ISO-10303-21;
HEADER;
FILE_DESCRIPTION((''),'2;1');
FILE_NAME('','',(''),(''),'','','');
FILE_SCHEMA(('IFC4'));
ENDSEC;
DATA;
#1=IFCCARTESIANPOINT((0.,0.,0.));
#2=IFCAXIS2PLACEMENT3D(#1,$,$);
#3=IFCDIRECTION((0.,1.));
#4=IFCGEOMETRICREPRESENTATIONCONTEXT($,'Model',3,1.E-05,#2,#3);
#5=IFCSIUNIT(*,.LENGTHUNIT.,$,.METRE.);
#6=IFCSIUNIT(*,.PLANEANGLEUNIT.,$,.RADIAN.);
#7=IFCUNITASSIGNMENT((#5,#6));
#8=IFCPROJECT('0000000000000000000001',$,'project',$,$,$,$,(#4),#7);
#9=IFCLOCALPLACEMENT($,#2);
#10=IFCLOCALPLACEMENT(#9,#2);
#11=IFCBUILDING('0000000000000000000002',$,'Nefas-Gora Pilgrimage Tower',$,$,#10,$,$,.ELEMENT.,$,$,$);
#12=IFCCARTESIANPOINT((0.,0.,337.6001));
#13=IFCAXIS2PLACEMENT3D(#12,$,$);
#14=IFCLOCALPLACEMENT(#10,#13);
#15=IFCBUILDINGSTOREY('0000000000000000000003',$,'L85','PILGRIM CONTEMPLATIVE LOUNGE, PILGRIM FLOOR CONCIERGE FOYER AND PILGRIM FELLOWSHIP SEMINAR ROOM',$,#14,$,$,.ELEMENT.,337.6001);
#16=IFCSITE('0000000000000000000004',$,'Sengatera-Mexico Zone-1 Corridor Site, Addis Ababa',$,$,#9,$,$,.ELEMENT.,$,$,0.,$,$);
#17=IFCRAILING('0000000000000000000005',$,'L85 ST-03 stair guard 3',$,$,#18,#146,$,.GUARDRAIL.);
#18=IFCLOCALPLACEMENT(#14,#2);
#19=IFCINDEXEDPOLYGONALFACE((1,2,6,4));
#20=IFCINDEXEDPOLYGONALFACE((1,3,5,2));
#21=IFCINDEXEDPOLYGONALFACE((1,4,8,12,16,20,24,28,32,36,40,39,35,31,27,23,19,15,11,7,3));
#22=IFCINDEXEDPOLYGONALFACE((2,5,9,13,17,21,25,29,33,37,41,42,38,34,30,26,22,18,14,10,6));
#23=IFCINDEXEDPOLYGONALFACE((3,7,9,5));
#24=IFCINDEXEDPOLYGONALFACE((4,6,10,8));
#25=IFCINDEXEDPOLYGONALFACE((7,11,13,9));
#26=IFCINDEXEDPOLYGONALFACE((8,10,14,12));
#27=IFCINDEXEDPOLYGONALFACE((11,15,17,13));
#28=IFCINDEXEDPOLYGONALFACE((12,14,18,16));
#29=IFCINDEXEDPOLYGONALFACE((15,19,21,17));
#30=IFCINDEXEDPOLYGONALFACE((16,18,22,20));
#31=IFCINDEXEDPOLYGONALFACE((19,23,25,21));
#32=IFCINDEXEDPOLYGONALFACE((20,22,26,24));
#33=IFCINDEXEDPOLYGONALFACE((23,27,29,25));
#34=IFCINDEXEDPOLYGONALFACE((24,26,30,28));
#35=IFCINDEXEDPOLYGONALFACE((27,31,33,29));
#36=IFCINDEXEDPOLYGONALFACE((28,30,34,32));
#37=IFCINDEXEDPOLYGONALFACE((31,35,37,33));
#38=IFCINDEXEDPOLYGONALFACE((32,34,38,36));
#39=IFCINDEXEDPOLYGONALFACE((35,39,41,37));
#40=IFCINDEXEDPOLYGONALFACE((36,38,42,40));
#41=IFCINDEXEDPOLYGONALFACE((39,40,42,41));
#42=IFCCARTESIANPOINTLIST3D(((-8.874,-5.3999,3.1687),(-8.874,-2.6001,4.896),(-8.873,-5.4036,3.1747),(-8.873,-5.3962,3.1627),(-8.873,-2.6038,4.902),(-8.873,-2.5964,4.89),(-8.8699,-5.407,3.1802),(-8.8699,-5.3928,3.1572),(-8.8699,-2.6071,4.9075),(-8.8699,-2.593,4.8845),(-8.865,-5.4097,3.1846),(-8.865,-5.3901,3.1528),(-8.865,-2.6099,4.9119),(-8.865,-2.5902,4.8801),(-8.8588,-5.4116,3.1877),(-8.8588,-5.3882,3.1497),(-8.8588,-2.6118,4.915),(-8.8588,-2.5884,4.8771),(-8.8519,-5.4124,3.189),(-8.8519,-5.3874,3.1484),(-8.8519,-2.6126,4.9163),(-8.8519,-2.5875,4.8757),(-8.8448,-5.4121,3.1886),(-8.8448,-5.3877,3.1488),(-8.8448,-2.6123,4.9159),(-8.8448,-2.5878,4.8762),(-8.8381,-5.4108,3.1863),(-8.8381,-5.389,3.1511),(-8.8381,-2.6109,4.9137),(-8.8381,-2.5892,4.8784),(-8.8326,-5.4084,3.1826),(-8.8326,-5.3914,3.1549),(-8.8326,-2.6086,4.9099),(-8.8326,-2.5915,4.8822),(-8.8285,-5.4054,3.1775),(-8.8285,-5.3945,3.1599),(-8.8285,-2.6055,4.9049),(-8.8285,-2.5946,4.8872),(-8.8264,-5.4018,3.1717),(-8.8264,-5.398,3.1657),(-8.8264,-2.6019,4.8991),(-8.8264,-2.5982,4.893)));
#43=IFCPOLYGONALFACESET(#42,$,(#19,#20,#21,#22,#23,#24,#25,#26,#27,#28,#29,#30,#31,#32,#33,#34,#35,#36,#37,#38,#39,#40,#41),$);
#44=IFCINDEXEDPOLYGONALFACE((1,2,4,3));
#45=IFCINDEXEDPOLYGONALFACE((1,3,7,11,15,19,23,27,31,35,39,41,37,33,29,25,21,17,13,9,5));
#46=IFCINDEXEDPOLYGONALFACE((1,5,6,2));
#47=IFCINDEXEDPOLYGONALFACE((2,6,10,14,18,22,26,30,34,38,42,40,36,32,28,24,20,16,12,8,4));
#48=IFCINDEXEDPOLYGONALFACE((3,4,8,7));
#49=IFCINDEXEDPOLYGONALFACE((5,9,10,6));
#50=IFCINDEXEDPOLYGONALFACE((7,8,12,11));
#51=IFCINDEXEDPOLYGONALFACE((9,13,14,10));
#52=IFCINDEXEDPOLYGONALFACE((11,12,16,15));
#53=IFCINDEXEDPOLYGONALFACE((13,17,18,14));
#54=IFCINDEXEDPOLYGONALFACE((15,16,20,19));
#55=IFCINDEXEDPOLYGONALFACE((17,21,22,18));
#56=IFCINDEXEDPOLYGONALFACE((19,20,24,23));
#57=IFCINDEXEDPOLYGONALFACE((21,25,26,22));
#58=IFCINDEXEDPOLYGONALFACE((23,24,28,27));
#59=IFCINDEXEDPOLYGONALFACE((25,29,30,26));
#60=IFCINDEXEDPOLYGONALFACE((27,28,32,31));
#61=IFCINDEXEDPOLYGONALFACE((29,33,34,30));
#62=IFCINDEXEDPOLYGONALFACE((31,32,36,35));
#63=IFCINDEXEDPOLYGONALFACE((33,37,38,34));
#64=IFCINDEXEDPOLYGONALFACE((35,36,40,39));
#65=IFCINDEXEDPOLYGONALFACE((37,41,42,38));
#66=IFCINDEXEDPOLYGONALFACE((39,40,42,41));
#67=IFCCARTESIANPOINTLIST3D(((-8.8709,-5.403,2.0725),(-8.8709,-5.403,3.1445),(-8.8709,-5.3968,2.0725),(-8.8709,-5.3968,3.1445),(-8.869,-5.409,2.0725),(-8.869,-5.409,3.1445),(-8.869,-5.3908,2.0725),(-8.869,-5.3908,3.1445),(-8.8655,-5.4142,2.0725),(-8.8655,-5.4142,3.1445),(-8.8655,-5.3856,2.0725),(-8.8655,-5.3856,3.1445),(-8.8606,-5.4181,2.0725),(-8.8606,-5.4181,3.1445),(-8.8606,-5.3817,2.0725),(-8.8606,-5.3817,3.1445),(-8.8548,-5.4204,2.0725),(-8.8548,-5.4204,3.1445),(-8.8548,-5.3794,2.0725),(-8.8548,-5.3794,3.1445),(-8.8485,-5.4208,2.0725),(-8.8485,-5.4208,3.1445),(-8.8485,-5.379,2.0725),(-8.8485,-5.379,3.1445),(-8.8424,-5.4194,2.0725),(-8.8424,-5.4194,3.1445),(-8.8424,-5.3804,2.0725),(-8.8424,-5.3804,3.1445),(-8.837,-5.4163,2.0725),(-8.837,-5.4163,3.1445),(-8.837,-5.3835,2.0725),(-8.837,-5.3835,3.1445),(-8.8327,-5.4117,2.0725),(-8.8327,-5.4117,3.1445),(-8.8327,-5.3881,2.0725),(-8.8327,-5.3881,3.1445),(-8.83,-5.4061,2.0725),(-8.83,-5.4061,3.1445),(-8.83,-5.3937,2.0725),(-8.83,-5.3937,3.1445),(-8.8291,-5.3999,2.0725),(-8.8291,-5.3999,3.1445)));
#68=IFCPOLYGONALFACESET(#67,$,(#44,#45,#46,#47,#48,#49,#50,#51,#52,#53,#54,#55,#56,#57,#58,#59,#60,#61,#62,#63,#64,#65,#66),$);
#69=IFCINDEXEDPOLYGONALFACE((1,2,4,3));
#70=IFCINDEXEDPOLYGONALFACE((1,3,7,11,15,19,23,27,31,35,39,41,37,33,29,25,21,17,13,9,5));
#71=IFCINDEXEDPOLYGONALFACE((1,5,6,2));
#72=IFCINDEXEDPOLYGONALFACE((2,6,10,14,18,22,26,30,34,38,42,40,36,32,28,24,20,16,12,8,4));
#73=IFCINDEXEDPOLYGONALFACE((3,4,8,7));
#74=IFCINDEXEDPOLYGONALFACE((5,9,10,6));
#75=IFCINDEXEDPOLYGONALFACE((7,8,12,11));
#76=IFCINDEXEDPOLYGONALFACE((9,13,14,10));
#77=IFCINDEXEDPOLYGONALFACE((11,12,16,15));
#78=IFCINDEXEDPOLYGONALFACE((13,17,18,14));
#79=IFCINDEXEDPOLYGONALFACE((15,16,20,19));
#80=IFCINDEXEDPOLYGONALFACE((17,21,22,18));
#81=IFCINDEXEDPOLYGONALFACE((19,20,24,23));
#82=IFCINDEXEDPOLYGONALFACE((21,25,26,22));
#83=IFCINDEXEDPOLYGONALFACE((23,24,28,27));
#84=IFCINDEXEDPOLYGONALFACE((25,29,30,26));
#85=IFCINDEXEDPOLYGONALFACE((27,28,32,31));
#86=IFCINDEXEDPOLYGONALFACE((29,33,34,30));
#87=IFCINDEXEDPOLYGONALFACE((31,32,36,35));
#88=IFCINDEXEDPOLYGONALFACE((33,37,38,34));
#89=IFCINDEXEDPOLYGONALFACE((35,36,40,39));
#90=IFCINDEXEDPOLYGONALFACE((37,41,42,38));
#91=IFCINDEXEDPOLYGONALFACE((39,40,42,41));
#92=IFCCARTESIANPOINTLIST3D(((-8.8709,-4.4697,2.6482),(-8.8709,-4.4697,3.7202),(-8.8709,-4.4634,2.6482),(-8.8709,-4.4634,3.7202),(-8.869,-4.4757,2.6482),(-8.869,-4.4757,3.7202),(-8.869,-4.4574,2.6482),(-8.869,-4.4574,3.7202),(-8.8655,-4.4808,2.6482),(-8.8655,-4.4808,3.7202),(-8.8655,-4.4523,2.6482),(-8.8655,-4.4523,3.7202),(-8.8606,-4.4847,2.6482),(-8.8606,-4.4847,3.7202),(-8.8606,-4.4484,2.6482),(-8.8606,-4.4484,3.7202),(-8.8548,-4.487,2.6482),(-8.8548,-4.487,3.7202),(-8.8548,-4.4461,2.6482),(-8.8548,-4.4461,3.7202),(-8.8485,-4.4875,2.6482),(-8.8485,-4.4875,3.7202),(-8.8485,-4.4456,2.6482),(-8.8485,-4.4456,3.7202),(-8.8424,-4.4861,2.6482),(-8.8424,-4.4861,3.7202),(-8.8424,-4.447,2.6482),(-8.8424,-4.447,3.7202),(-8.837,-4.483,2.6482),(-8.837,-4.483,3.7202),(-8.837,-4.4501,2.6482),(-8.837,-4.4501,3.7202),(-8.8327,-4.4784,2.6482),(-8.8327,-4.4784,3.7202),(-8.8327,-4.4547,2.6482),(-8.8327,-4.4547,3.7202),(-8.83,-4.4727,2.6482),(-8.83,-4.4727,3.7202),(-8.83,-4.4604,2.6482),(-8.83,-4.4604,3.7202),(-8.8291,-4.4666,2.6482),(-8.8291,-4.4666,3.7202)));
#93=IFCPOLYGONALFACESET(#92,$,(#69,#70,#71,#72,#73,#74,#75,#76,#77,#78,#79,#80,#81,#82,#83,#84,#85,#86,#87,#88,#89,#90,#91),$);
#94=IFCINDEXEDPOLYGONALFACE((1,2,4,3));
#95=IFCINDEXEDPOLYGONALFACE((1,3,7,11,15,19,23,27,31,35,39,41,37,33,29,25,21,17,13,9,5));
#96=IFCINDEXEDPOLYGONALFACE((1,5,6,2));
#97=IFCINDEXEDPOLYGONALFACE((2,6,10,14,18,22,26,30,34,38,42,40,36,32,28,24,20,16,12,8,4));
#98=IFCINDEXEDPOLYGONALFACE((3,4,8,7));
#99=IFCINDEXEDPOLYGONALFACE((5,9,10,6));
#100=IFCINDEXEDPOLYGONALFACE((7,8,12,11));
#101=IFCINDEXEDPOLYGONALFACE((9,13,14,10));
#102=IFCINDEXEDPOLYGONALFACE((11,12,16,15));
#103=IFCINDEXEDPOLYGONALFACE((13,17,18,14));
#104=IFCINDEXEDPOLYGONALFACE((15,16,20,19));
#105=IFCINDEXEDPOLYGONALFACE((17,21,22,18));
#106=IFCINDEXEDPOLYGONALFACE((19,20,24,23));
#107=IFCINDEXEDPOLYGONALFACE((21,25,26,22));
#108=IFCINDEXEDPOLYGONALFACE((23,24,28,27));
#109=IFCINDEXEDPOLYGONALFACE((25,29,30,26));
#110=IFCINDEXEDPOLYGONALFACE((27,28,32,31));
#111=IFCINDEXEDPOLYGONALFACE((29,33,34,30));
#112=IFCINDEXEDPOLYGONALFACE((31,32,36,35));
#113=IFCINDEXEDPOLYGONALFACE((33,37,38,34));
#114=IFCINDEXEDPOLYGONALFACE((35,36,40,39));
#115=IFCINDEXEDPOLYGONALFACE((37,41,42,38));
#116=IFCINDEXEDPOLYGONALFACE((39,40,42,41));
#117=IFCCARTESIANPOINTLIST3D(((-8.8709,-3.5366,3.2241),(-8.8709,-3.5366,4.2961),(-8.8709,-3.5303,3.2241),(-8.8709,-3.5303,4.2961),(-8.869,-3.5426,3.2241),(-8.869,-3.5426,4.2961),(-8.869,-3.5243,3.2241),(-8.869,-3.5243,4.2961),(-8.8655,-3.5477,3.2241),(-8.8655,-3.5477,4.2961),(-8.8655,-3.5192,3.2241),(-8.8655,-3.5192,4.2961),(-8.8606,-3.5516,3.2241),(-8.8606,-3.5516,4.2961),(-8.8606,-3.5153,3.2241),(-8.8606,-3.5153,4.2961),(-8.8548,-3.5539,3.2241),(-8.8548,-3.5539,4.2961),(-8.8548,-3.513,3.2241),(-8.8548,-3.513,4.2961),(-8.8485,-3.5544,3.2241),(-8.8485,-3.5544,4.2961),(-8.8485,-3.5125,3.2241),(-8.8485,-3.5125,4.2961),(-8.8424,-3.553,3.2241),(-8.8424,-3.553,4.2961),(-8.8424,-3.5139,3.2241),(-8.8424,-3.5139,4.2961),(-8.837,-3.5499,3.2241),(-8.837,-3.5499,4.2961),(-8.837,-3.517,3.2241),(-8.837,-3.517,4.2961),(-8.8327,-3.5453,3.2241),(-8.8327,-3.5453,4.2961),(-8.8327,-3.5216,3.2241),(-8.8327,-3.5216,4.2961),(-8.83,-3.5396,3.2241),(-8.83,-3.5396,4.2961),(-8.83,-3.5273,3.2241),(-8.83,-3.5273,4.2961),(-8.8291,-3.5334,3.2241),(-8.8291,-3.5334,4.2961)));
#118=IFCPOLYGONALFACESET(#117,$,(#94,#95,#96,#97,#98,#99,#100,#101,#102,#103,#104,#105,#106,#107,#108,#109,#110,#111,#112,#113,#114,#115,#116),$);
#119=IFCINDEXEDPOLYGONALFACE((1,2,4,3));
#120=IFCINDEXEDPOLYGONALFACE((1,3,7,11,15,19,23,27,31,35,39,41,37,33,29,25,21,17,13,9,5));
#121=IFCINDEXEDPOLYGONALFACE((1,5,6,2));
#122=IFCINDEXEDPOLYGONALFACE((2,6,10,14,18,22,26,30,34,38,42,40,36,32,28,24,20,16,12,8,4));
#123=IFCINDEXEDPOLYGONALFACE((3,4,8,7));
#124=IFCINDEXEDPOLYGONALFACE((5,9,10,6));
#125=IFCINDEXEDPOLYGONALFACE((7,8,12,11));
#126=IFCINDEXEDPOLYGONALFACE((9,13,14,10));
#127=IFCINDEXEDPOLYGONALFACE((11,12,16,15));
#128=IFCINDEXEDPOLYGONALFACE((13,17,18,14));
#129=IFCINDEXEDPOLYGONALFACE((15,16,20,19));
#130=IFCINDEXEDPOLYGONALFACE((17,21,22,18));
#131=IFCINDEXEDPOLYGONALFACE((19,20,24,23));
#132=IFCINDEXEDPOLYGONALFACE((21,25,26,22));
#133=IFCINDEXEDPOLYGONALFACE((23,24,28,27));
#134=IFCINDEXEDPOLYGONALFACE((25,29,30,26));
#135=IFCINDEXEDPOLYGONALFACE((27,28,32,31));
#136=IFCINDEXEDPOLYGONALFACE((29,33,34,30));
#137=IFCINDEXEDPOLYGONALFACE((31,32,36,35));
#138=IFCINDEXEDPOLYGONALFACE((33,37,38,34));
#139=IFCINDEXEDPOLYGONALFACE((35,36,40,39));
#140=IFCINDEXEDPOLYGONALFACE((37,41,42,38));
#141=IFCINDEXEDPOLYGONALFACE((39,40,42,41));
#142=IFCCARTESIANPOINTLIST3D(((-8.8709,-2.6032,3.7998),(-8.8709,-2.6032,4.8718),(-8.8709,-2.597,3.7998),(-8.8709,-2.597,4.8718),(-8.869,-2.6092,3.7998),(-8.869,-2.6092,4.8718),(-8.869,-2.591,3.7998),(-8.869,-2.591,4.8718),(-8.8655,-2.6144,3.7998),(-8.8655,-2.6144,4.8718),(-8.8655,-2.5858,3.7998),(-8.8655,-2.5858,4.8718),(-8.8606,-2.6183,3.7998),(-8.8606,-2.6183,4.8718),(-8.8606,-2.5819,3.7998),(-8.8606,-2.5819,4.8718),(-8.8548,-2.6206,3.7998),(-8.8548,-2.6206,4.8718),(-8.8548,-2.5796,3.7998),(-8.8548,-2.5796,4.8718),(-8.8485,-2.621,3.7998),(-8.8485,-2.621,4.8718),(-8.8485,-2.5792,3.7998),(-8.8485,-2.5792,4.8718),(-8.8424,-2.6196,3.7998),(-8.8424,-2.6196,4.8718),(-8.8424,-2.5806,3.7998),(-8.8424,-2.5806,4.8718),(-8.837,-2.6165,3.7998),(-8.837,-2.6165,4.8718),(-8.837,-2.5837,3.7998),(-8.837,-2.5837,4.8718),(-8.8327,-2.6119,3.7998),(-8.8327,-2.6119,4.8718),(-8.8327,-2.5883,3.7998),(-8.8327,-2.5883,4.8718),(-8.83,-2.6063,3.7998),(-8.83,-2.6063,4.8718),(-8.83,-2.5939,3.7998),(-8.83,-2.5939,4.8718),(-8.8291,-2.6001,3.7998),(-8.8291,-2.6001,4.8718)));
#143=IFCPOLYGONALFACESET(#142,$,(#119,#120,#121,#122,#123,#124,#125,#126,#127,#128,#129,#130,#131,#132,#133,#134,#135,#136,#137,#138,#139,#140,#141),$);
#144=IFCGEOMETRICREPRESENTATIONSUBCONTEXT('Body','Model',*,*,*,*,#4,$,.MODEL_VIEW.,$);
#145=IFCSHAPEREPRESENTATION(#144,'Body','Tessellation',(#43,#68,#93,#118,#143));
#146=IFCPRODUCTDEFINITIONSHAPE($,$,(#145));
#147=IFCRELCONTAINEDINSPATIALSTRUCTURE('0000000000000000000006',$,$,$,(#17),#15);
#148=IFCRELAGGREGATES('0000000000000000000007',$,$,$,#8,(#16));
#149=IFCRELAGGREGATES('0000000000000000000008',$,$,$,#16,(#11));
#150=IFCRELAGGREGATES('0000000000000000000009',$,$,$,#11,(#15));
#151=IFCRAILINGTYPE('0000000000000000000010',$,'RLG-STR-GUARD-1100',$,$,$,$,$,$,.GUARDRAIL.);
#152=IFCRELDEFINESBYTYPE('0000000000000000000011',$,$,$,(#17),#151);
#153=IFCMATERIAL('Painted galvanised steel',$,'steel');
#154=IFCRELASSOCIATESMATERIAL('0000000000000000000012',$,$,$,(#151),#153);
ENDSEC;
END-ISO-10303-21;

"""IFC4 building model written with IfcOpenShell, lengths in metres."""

from ifc_helpers import new_model, si_unit, direction, frame, origin, origin_2d, place, context, subcontext, project, spatial, circle, extrude, material, type_object, element, save


model = new_model("IFC4")

# Units and contexts
model_context = context("Model", 3, precision=1e-05, world=origin(), true_north=direction((0.0, 1.0)))
body_context = subcontext(model_context, "Body", "Model", "MODEL_VIEW")
ifc_project = project(units=[si_unit("LENGTHUNIT", "METRE"), si_unit("PLANEANGLEUNIT", "RADIAN")], contexts=[model_context])

# Site, building, storey
site_placement = place(None, origin())
site = spatial("IfcSite", under=ifc_project, at=site_placement, Name="Sengatera-Mexico Zone-1 Corridor Site, Addis Ababa", CompositionType="ELEMENT", RefElevation=0.0)
building_placement = place(site_placement, origin())
building = spatial("IfcBuilding", under=site, at=building_placement, Name="Nefas-Gora Pilgrimage Tower", CompositionType="ELEMENT")
storey_placement = place(building_placement, frame((0.0, 0.0, 337.6001)))
storey = spatial("IfcBuildingStorey", under=building, at=storey_placement, Name="L85", Description="PILGRIM CONTEMPLATIVE LOUNGE, PILGRIM FLOOR CONCIERGE FOYER AND PILGRIM FELLOWSHIP SEMINAR ROOM", CompositionType="ELEMENT", Elevation=337.6001)

# Railing
ifc_material_1 = material(Name="Painted galvanised steel", Category="steel")
railing_type_1 = type_object("IfcRailingType", Name="RLG-STR-GUARD-1100", PredefinedType="GUARDRAIL", material=ifc_material_1)
railing_1_placement = place(storey_placement, frame((-8.8501, -5.3999, 2.0725)))
element("IfcRailing", 1, at=railing_1_placement, inside=storey, type_object=railing_type_1, Name="L85 ST-03 stair guard 3", PredefinedType="GUARDRAIL", context=body_context, shape_type="SweptSolid", body=[
    extrude(circle(Radius=0.0239, at=origin_2d()), frame((0.0, 0.0, 1.0962), z_axis=(0.0, 0.851069, 0.525054), x_axis=(-1.0, 0.0, 0.0)), (0.0, 0.0, 1.0), 3.2898),
    extrude(circle(Radius=0.021, at=origin_2d()), origin(), (0.0, 0.0, 1.0), 1.072),
    extrude(circle(Radius=0.021, at=origin_2d()), frame((0.0, 0.9333, 0.5757)), (0.0, 0.0, 1.0), 1.072),
    extrude(circle(Radius=0.021, at=origin_2d()), frame((0.0, 1.8665, 1.1516)), (0.0, 0.0, 1.0), 1.072),
    extrude(circle(Radius=0.021, at=origin_2d()), frame((0.0, 2.7998, 1.7273)), (0.0, 0.0, 1.0), 1.072),
])

save(model, "model.ifc")
